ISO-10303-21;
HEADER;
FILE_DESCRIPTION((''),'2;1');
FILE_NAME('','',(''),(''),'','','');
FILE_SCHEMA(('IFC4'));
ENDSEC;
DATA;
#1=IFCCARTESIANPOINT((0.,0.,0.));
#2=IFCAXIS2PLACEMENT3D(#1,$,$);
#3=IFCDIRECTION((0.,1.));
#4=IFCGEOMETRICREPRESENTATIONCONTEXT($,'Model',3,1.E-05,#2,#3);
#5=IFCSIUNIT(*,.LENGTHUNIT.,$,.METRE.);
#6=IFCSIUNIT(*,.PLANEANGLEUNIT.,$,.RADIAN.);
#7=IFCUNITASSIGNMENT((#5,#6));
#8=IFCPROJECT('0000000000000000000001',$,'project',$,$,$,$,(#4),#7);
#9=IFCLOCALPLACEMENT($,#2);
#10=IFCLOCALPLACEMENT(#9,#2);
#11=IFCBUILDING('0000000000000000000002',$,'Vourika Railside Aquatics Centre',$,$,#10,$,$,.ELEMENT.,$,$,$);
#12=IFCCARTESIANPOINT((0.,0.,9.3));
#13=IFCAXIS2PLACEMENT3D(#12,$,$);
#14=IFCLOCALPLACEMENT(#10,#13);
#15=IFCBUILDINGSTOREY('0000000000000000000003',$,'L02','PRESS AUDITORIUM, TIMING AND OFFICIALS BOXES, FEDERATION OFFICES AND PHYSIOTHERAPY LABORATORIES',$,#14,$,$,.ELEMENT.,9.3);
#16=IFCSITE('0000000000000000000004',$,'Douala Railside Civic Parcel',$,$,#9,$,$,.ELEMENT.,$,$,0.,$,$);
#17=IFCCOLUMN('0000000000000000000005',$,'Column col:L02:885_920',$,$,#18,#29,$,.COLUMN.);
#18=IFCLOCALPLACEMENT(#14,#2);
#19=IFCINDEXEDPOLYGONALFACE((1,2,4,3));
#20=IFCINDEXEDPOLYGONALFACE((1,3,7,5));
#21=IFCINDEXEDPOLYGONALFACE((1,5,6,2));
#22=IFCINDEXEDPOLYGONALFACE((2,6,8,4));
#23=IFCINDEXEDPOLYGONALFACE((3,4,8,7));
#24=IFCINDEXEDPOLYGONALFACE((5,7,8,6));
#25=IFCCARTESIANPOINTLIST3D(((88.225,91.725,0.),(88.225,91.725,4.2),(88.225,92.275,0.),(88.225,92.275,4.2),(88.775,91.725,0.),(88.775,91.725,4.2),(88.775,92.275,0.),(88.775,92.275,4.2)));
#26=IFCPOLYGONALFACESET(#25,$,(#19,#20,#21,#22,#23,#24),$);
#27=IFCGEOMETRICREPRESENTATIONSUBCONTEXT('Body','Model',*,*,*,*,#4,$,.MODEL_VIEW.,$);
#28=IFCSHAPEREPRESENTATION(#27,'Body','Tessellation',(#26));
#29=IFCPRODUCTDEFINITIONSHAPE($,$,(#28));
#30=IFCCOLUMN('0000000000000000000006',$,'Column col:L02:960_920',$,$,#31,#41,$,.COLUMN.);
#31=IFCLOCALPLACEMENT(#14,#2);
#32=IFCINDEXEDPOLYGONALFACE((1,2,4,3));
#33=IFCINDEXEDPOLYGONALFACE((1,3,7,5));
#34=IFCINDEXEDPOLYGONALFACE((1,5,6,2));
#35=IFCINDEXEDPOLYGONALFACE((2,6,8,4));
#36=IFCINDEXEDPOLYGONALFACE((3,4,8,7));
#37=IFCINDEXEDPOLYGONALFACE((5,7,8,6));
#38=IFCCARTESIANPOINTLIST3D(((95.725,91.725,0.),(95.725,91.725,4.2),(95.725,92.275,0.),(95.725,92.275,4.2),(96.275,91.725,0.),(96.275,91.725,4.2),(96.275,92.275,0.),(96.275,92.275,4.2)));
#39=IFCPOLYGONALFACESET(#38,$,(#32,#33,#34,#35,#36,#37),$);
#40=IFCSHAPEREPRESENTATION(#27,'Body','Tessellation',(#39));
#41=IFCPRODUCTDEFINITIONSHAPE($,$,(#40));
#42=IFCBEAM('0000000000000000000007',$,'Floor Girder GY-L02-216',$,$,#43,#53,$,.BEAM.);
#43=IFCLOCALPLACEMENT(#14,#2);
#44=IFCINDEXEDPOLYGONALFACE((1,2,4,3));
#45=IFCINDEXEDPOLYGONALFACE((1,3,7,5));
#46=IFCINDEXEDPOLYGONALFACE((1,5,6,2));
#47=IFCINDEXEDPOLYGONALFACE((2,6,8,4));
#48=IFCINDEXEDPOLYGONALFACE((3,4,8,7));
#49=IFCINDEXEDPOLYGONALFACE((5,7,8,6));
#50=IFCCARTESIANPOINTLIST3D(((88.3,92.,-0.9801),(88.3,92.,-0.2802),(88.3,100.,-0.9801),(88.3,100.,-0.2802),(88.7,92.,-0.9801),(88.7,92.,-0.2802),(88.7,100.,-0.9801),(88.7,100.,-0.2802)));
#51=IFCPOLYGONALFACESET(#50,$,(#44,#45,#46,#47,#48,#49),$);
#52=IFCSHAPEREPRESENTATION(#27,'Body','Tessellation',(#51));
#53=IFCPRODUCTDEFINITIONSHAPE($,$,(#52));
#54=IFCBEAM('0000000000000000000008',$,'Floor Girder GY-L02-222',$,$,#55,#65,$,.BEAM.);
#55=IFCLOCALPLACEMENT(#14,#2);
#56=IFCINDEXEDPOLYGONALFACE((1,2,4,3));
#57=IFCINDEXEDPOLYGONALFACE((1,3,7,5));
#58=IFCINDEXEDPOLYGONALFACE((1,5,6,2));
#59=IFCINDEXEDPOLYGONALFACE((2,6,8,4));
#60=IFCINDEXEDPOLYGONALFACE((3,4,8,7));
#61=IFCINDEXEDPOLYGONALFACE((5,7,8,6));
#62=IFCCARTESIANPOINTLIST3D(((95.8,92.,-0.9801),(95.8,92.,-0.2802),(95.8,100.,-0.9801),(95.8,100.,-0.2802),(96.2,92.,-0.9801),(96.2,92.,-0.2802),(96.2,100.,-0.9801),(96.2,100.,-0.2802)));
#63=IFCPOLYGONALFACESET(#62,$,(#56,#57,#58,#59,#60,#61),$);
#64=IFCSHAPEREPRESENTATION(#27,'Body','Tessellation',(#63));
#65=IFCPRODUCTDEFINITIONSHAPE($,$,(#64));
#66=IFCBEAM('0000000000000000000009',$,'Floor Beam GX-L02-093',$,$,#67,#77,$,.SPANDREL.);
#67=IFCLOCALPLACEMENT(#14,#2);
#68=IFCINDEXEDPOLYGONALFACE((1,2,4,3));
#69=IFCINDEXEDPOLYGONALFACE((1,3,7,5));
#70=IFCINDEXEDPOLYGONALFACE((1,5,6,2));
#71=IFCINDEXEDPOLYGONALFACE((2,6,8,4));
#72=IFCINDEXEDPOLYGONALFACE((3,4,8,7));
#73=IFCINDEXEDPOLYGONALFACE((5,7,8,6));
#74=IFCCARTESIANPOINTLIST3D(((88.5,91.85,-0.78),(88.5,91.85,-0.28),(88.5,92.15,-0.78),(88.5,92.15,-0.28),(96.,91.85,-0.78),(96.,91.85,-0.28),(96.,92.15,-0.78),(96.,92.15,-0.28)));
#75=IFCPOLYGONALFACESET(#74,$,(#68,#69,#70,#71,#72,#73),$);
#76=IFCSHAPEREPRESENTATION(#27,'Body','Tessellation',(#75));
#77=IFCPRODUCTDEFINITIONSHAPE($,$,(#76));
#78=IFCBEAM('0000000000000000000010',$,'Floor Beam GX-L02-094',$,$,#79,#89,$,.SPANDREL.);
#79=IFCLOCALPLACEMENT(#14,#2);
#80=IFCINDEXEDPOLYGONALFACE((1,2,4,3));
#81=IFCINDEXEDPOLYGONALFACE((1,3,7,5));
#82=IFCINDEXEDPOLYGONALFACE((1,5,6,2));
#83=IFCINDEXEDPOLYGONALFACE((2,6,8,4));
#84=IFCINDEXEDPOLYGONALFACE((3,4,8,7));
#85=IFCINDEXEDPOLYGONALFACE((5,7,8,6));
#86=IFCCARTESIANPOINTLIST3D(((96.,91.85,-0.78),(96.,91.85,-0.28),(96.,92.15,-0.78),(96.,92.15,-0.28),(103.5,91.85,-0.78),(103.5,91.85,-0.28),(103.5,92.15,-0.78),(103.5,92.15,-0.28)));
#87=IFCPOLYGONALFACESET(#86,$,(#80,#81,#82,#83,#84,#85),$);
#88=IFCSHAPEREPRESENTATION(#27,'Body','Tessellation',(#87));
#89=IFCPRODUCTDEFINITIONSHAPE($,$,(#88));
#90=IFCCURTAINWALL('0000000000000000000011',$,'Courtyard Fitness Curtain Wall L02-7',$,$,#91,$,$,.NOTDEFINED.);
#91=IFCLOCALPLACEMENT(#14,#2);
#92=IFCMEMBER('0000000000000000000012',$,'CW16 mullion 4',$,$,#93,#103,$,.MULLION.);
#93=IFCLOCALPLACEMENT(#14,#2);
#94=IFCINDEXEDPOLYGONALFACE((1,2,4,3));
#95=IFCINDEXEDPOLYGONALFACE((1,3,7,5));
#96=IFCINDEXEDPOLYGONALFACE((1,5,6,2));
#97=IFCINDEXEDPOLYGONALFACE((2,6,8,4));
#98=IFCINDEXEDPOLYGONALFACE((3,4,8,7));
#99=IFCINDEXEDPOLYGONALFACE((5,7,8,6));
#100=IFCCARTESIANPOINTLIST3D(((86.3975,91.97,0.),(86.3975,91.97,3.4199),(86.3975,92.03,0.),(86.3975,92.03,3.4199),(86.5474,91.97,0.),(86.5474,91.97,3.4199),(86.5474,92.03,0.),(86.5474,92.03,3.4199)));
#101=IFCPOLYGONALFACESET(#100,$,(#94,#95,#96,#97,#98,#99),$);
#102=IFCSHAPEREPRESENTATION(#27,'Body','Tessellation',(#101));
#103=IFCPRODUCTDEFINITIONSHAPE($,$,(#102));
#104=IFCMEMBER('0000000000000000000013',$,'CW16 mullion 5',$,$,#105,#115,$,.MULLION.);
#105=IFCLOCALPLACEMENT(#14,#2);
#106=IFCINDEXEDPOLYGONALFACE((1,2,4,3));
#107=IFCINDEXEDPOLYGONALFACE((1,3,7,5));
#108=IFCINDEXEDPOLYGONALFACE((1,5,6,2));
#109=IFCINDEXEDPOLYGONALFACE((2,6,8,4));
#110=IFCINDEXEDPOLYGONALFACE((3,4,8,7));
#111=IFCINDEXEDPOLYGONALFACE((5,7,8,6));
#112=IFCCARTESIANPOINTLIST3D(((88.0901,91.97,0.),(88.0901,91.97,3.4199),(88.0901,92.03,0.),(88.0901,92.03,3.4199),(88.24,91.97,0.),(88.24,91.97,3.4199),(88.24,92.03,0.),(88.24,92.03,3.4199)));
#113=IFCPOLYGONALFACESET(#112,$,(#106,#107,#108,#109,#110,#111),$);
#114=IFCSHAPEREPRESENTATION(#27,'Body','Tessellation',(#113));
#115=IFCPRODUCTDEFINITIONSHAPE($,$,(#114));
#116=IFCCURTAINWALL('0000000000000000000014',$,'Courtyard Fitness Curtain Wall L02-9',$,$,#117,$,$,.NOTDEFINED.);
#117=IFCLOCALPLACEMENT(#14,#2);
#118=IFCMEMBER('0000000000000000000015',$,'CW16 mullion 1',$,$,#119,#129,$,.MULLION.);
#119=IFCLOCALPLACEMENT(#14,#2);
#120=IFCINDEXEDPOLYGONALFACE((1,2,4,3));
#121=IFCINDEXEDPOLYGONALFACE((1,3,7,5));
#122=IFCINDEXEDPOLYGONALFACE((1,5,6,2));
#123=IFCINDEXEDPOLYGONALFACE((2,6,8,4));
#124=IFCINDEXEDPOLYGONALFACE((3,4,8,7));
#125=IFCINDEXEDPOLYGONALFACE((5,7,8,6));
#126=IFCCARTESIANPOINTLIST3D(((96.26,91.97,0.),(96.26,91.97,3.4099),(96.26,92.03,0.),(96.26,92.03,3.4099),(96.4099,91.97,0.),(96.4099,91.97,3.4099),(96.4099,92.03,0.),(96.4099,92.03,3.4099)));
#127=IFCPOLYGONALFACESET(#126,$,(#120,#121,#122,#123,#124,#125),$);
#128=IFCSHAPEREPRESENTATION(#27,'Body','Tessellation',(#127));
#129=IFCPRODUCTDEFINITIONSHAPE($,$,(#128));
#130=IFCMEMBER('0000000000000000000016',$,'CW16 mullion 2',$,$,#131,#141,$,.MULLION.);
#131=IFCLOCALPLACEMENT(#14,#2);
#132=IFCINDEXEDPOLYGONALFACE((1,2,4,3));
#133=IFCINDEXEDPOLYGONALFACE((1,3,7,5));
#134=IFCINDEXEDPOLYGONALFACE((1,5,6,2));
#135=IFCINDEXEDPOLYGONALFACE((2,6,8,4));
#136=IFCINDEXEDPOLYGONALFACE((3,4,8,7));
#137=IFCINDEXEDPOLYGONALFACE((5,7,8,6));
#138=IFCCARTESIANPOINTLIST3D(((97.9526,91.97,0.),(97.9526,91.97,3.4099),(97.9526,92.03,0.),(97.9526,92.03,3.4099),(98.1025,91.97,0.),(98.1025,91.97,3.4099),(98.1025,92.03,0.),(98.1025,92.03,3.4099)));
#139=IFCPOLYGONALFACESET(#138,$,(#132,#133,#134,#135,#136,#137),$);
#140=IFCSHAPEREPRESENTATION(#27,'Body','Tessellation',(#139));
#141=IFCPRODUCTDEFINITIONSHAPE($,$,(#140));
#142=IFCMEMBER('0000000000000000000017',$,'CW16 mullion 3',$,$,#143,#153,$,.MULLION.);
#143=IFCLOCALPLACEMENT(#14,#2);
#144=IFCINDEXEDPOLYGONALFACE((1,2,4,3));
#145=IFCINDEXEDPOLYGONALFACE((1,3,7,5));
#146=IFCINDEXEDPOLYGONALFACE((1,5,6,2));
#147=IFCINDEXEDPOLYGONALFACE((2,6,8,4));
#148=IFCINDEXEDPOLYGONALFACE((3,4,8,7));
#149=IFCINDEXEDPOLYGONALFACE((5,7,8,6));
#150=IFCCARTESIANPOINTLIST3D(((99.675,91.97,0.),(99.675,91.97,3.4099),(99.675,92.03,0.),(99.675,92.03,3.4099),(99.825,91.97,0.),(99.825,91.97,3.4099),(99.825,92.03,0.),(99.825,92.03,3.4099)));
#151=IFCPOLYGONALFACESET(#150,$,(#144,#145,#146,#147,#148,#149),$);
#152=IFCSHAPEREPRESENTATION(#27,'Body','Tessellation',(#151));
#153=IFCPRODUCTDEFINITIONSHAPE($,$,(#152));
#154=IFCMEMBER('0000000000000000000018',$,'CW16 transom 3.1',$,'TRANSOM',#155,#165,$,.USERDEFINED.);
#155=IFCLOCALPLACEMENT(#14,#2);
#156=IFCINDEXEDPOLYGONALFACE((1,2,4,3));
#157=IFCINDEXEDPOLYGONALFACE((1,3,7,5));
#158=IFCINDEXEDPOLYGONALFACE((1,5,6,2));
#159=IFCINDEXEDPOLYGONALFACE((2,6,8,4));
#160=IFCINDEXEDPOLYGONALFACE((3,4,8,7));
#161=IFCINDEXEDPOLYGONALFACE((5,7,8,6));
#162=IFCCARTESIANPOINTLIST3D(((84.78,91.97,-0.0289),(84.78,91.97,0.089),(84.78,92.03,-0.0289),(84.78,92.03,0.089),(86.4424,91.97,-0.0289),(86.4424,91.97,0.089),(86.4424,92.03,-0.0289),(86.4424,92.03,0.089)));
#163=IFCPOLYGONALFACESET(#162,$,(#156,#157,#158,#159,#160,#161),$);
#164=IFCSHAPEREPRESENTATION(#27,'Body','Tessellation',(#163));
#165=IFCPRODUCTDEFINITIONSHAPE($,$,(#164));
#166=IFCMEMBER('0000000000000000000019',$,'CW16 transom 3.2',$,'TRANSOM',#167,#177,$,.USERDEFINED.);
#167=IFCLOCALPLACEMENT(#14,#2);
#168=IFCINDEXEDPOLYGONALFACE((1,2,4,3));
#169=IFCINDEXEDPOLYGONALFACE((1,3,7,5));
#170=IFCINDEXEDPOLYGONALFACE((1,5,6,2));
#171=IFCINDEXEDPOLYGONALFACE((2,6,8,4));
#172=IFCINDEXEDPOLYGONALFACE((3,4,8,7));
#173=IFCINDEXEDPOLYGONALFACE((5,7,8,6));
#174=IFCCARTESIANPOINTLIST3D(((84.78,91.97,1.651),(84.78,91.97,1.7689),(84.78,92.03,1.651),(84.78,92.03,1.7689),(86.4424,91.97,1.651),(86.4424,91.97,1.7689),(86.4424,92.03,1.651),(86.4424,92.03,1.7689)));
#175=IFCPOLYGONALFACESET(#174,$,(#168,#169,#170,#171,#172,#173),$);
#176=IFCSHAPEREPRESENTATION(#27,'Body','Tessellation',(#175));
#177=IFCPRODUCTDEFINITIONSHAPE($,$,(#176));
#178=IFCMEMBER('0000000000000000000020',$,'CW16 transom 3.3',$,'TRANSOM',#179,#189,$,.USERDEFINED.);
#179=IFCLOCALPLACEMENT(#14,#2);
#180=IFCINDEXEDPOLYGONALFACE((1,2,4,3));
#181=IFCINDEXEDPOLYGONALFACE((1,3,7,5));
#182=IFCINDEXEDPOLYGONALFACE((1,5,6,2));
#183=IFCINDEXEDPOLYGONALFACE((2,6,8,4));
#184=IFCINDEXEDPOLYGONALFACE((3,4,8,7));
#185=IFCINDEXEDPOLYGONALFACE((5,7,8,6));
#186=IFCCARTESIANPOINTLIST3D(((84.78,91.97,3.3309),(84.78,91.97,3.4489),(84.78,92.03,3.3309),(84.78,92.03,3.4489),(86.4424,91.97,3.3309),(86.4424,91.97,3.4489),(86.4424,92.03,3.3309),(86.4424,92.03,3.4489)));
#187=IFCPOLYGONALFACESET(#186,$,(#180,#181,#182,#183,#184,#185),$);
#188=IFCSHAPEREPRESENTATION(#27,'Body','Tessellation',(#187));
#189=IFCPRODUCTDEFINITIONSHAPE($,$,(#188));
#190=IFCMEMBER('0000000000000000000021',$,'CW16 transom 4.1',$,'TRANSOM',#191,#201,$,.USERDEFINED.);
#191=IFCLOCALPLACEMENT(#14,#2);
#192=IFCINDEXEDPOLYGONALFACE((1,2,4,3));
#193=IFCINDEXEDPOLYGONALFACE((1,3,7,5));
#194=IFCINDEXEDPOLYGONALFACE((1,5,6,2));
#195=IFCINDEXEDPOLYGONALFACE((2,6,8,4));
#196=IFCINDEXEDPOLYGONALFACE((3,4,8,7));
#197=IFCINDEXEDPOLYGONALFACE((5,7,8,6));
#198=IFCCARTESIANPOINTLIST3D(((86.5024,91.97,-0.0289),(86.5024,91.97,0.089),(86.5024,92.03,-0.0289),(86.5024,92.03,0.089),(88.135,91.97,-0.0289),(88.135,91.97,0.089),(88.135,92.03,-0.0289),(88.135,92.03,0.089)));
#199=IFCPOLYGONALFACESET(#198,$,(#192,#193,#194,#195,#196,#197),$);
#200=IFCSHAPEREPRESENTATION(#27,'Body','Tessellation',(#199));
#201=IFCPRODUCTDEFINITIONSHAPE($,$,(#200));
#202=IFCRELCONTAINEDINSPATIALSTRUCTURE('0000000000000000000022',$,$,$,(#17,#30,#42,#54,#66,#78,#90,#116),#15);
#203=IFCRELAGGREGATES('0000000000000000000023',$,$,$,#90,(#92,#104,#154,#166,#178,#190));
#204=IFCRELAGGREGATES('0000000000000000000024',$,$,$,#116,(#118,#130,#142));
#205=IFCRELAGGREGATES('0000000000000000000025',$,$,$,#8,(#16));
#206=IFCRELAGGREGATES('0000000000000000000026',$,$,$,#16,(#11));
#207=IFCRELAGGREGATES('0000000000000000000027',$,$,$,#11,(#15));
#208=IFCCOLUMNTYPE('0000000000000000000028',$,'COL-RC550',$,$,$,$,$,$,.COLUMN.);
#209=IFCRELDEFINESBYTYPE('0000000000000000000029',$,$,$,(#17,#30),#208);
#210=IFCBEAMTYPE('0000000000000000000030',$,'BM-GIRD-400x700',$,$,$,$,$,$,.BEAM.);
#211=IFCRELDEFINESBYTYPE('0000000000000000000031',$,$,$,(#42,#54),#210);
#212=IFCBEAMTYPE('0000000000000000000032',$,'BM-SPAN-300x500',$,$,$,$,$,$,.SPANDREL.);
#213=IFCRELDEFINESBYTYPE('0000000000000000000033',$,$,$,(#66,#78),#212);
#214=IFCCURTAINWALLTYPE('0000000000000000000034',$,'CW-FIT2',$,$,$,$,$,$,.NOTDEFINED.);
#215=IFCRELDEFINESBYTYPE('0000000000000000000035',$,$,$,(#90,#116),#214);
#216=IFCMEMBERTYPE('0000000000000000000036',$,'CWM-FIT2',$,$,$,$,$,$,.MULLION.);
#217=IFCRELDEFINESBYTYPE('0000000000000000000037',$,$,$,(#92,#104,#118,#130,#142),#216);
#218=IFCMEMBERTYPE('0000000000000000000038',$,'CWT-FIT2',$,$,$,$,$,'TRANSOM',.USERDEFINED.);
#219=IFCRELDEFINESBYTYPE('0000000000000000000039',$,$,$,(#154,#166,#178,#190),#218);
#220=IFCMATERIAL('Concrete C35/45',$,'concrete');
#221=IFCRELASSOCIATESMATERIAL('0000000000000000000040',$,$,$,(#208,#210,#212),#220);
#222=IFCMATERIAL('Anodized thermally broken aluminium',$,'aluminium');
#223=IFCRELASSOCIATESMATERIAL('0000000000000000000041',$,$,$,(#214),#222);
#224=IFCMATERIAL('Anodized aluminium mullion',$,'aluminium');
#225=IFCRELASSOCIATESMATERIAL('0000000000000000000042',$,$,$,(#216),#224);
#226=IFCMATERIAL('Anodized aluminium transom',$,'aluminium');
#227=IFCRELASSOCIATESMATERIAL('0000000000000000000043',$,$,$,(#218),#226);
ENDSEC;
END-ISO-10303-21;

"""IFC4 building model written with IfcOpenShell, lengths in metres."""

from ifc_helpers import new_model, si_unit, direction, frame, origin, origin_2d, place, context, subcontext, project, spatial, rectangle, extrude, material, material_profile, profile_set, type_object, element, aggregate, save


model = new_model("IFC4")

# Units and contexts
model_context = context("Model", 3, precision=1e-05, world=origin(), true_north=direction((0.0, 1.0)))
body_context = subcontext(model_context, "Body", "Model", "MODEL_VIEW")
ifc_project = project(units=[si_unit("LENGTHUNIT", "METRE"), si_unit("PLANEANGLEUNIT", "RADIAN")], contexts=[model_context])

# Site, building, storey
site_placement = place(None, origin())
site = spatial("IfcSite", under=ifc_project, at=site_placement, Name="Douala Railside Civic Parcel", CompositionType="ELEMENT", RefElevation=0.0)
building_placement = place(site_placement, origin())
building = spatial("IfcBuilding", under=site, at=building_placement, Name="Vourika Railside Aquatics Centre", CompositionType="ELEMENT")
storey_placement = place(building_placement, frame((0.0, 0.0, 9.3)))
storey = spatial("IfcBuildingStorey", under=building, at=storey_placement, Name="L02", Description="PRESS AUDITORIUM, TIMING AND OFFICIALS BOXES, FEDERATION OFFICES AND PHYSIOTHERAPY LABORATORIES", CompositionType="ELEMENT", Elevation=9.3)

# Columns
ifc_material_1 = material(Name="Concrete C35/45", Category="concrete")
ifc_material_profile_1 = material_profile(ifc_material_1, rectangle(XDim=0.55, YDim=0.55, at=origin_2d()), Name="RC 550x550")
ifc_profile_set_1 = profile_set([ifc_material_profile_1], Name="Concrete C35/45")
column_type = type_object("IfcColumnType", Name="COL-RC550", PredefinedType="COLUMN", material=ifc_profile_set_1)
for number, where, z_axis, x_axis, name in (
    (1, (88.5, 92.0, 0.0), (0.0, 0.0, 1.0), (1.0, 0.0, 0.0), "Column col:L02:885_920"),
    (2, (96.0, 92.0, 0.0), (0.0, 0.0, 1.0), (1.0, 0.0, 0.0), "Column col:L02:960_920"),
):
    element("IfcColumn", number, at=place(storey_placement, frame(where, z_axis=z_axis, x_axis=x_axis)), inside=storey, type_object=column_type, Name=name, PredefinedType="COLUMN", context=body_context, shape_type="SweptSolid", body=[
        extrude(rectangle(XDim=0.55, YDim=0.55, at=origin_2d()), origin(), (0.0, 0.0, 1.0), 4.2),
    ])

# Beams
ifc_material_profile_2 = material_profile(ifc_material_1, rectangle(XDim=0.3999, YDim=0.7, at=origin_2d()), Name="RC 400x700")
ifc_profile_set_2 = profile_set([ifc_material_profile_2], Name="Concrete C35/45")
beam_type_1 = type_object("IfcBeamType", Name="BM-GIRD-400x700", PredefinedType="BEAM", material=ifc_profile_set_2)
for number, where, z_axis, x_axis, name in (
    (3, (88.5, 92.0, -0.6301), (0.0, 1.0, 0.0), (-1.0, 0.0, 0.0), "Floor Girder GY-L02-216"),
    (4, (96.0, 92.0, -0.6301), (0.0, 1.0, 0.0), (-1.0, 0.0, 0.0), "Floor Girder GY-L02-222"),
):
    element("IfcBeam", number, at=place(storey_placement, frame(where, z_axis=z_axis, x_axis=x_axis)), inside=storey, type_object=beam_type_1, Name=name, PredefinedType="BEAM", context=body_context, shape_type="SweptSolid", body=[
        extrude(rectangle(XDim=0.3999, YDim=0.7, at=origin_2d()), origin(), (0.0, 0.0, 1.0), 8.0),
    ])
ifc_material_profile_3 = material_profile(ifc_material_1, rectangle(XDim=0.3, YDim=0.5, at=origin_2d()), Name="RC 300x500")
ifc_profile_set_3 = profile_set([ifc_material_profile_3], Name="Concrete C35/45")
beam_type_2 = type_object("IfcBeamType", Name="BM-SPAN-300x500", PredefinedType="SPANDREL", material=ifc_profile_set_3)
for number, where, z_axis, x_axis, name in (
    (5, (88.5, 92.0, -0.53), (1.0, 0.0, 0.0), (0.0, 1.0, 0.0), "Floor Beam GX-L02-093"),
    (6, (96.0, 92.0, -0.53), (1.0, 0.0, 0.0), (0.0, 1.0, 0.0), "Floor Beam GX-L02-094"),
):
    element("IfcBeam", number, at=place(storey_placement, frame(where, z_axis=z_axis, x_axis=x_axis)), inside=storey, type_object=beam_type_2, Name=name, PredefinedType="SPANDREL", context=body_context, shape_type="SweptSolid", body=[
        extrude(rectangle(XDim=0.3, YDim=0.5, at=origin_2d()), origin(), (0.0, 0.0, 1.0), 7.5),
    ])

# Curtain walls, members
ifc_material_2 = material(Name="Anodized thermally broken aluminium", Category="aluminium")
curtain_wall_type = type_object("IfcCurtainWallType", Name="CW-FIT2", PredefinedType="NOTDEFINED", material=ifc_material_2)
curtain_wall_1_placement = place(storey_placement, origin())
curtain_wall_1 = element("IfcCurtainWall", 7, at=curtain_wall_1_placement, inside=storey, type_object=curtain_wall_type, Name="Courtyard Fitness Curtain Wall L02-7", PredefinedType="NOTDEFINED")
ifc_material_3 = material(Name="Anodized aluminium mullion", Category="aluminium")
ifc_material_profile_4 = material_profile(ifc_material_3, rectangle(XDim=0.0601, YDim=0.1499, at=origin_2d()), Name="ALU-M 60x150")
ifc_profile_set_4 = profile_set([ifc_material_profile_4], Name="Anodized aluminium mullion")
member_type_1 = type_object("IfcMemberType", Name="CWM-FIT2", PredefinedType="MULLION", material=ifc_profile_set_4)
member_1_placement = place(storey_placement, frame((86.4724, 92.0, 0.0), z_axis=(0.0, 0.0, 1.0), x_axis=(0.0, 1.0, 0.0)))
member_1 = element("IfcMember", 8, at=member_1_placement, type_object=member_type_1, Name="CW16 mullion 4", PredefinedType="MULLION", context=body_context, shape_type="SweptSolid", body=[
    extrude(rectangle(XDim=0.0601, YDim=0.1499, at=origin_2d()), origin(), (0.0, 0.0, 1.0), 3.4199),
])
member_2_placement = place(storey_placement, frame((88.165, 92.0, 0.0), z_axis=(0.0, 0.0, 1.0), x_axis=(0.0, 1.0, 0.0)))
member_2 = element("IfcMember", 9, at=member_2_placement, type_object=member_type_1, Name="CW16 mullion 5", PredefinedType="MULLION", context=body_context, shape_type="SweptSolid", body=[
    extrude(rectangle(XDim=0.0601, YDim=0.1499, at=origin_2d()), origin(), (0.0, 0.0, 1.0), 3.4199),
])
curtain_wall_2_placement = place(storey_placement, origin())
curtain_wall_2 = element("IfcCurtainWall", 10, at=curtain_wall_2_placement, inside=storey, type_object=curtain_wall_type, Name="Courtyard Fitness Curtain Wall L02-9", PredefinedType="NOTDEFINED")
member_3_placement = place(storey_placement, frame((96.335, 92.0, 0.0), z_axis=(0.0, 0.0, 1.0), x_axis=(0.0, 1.0, 0.0)))
member_3 = element("IfcMember", 11, at=member_3_placement, type_object=member_type_1, Name="CW16 mullion 1", PredefinedType="MULLION", context=body_context, shape_type="SweptSolid", body=[
    extrude(rectangle(XDim=0.0601, YDim=0.1499, at=origin_2d()), origin(), (0.0, 0.0, 1.0), 3.4099),
])
member_4_placement = place(storey_placement, frame((98.0276, 92.0, 0.0), z_axis=(0.0, 0.0, 1.0), x_axis=(0.0, 1.0, 0.0)))
member_4 = element("IfcMember", 12, at=member_4_placement, type_object=member_type_1, Name="CW16 mullion 2", PredefinedType="MULLION", context=body_context, shape_type="SweptSolid", body=[
    extrude(rectangle(XDim=0.0601, YDim=0.1499, at=origin_2d()), origin(), (0.0, 0.0, 1.0), 3.4099),
])
member_5_placement = place(storey_placement, frame((99.75, 92.0, 0.0), z_axis=(0.0, 0.0, 1.0), x_axis=(0.0, 1.0, 0.0)))
member_5 = element("IfcMember", 13, at=member_5_placement, type_object=member_type_1, Name="CW16 mullion 3", PredefinedType="MULLION", context=body_context, shape_type="SweptSolid", body=[
    extrude(rectangle(XDim=0.0601, YDim=0.1499, at=origin_2d()), origin(), (0.0, 0.0, 1.0), 3.4099),
])

# Members
ifc_material_4 = material(Name="Anodized aluminium transom", Category="aluminium")
ifc_material_profile_5 = material_profile(ifc_material_4, rectangle(XDim=0.0601, YDim=0.1179, at=origin_2d()), Name="ALU-T 60x118")
ifc_profile_set_5 = profile_set([ifc_material_profile_5], Name="Anodized aluminium transom")
member_type_2 = type_object("IfcMemberType", Name="CWT-FIT2", ElementType="TRANSOM", PredefinedType="USERDEFINED", material=ifc_profile_set_5)
member_6_placement = place(storey_placement, frame((84.78, 92.0, 0.03), z_axis=(1.0, 0.0, 0.0), x_axis=(0.0, 1.0, 0.0)))
member_6 = element("IfcMember", 14, at=member_6_placement, type_object=member_type_2, Name="CW16 transom 3.1", ObjectType="TRANSOM", PredefinedType="USERDEFINED", context=body_context, shape_type="SweptSolid", body=[
    extrude(rectangle(XDim=0.0601, YDim=0.1179, at=origin_2d()), origin(), (0.0, 0.0, 1.0), 1.6624),
])
member_7_placement = place(storey_placement, frame((84.78, 92.0, 1.71), z_axis=(1.0, 0.0, 0.0), x_axis=(0.0, 1.0, 0.0)))
member_7 = element("IfcMember", 15, at=member_7_placement, type_object=member_type_2, Name="CW16 transom 3.2", ObjectType="TRANSOM", PredefinedType="USERDEFINED", context=body_context, shape_type="SweptSolid", body=[
    extrude(rectangle(XDim=0.0601, YDim=0.1179, at=origin_2d()), origin(), (0.0, 0.0, 1.0), 1.6624),
])
member_8_placement = place(storey_placement, frame((84.78, 92.0, 3.3899), z_axis=(1.0, 0.0, 0.0), x_axis=(0.0, 1.0, 0.0)))
member_8 = element("IfcMember", 16, at=member_8_placement, type_object=member_type_2, Name="CW16 transom 3.3", ObjectType="TRANSOM", PredefinedType="USERDEFINED", context=body_context, shape_type="SweptSolid", body=[
    extrude(rectangle(XDim=0.0601, YDim=0.1179, at=origin_2d()), origin(), (0.0, 0.0, 1.0), 1.6624),
])
member_9_placement = place(storey_placement, frame((86.5024, 92.0, 0.03), z_axis=(1.0, 0.0, 0.0), x_axis=(0.0, 1.0, 0.0)))
member_9 = element("IfcMember", 17, at=member_9_placement, type_object=member_type_2, Name="CW16 transom 4.1", ObjectType="TRANSOM", PredefinedType="USERDEFINED", context=body_context, shape_type="SweptSolid", body=[
    extrude(rectangle(XDim=0.0601, YDim=0.1179, at=origin_2d()), origin(), (0.0, 0.0, 1.0), 1.6326),
])

aggregate(curtain_wall_1, [member_1, member_2, member_6, member_7, member_8, member_9])
aggregate(curtain_wall_2, [member_3, member_4, member_5])

save(model, "model.ifc")
